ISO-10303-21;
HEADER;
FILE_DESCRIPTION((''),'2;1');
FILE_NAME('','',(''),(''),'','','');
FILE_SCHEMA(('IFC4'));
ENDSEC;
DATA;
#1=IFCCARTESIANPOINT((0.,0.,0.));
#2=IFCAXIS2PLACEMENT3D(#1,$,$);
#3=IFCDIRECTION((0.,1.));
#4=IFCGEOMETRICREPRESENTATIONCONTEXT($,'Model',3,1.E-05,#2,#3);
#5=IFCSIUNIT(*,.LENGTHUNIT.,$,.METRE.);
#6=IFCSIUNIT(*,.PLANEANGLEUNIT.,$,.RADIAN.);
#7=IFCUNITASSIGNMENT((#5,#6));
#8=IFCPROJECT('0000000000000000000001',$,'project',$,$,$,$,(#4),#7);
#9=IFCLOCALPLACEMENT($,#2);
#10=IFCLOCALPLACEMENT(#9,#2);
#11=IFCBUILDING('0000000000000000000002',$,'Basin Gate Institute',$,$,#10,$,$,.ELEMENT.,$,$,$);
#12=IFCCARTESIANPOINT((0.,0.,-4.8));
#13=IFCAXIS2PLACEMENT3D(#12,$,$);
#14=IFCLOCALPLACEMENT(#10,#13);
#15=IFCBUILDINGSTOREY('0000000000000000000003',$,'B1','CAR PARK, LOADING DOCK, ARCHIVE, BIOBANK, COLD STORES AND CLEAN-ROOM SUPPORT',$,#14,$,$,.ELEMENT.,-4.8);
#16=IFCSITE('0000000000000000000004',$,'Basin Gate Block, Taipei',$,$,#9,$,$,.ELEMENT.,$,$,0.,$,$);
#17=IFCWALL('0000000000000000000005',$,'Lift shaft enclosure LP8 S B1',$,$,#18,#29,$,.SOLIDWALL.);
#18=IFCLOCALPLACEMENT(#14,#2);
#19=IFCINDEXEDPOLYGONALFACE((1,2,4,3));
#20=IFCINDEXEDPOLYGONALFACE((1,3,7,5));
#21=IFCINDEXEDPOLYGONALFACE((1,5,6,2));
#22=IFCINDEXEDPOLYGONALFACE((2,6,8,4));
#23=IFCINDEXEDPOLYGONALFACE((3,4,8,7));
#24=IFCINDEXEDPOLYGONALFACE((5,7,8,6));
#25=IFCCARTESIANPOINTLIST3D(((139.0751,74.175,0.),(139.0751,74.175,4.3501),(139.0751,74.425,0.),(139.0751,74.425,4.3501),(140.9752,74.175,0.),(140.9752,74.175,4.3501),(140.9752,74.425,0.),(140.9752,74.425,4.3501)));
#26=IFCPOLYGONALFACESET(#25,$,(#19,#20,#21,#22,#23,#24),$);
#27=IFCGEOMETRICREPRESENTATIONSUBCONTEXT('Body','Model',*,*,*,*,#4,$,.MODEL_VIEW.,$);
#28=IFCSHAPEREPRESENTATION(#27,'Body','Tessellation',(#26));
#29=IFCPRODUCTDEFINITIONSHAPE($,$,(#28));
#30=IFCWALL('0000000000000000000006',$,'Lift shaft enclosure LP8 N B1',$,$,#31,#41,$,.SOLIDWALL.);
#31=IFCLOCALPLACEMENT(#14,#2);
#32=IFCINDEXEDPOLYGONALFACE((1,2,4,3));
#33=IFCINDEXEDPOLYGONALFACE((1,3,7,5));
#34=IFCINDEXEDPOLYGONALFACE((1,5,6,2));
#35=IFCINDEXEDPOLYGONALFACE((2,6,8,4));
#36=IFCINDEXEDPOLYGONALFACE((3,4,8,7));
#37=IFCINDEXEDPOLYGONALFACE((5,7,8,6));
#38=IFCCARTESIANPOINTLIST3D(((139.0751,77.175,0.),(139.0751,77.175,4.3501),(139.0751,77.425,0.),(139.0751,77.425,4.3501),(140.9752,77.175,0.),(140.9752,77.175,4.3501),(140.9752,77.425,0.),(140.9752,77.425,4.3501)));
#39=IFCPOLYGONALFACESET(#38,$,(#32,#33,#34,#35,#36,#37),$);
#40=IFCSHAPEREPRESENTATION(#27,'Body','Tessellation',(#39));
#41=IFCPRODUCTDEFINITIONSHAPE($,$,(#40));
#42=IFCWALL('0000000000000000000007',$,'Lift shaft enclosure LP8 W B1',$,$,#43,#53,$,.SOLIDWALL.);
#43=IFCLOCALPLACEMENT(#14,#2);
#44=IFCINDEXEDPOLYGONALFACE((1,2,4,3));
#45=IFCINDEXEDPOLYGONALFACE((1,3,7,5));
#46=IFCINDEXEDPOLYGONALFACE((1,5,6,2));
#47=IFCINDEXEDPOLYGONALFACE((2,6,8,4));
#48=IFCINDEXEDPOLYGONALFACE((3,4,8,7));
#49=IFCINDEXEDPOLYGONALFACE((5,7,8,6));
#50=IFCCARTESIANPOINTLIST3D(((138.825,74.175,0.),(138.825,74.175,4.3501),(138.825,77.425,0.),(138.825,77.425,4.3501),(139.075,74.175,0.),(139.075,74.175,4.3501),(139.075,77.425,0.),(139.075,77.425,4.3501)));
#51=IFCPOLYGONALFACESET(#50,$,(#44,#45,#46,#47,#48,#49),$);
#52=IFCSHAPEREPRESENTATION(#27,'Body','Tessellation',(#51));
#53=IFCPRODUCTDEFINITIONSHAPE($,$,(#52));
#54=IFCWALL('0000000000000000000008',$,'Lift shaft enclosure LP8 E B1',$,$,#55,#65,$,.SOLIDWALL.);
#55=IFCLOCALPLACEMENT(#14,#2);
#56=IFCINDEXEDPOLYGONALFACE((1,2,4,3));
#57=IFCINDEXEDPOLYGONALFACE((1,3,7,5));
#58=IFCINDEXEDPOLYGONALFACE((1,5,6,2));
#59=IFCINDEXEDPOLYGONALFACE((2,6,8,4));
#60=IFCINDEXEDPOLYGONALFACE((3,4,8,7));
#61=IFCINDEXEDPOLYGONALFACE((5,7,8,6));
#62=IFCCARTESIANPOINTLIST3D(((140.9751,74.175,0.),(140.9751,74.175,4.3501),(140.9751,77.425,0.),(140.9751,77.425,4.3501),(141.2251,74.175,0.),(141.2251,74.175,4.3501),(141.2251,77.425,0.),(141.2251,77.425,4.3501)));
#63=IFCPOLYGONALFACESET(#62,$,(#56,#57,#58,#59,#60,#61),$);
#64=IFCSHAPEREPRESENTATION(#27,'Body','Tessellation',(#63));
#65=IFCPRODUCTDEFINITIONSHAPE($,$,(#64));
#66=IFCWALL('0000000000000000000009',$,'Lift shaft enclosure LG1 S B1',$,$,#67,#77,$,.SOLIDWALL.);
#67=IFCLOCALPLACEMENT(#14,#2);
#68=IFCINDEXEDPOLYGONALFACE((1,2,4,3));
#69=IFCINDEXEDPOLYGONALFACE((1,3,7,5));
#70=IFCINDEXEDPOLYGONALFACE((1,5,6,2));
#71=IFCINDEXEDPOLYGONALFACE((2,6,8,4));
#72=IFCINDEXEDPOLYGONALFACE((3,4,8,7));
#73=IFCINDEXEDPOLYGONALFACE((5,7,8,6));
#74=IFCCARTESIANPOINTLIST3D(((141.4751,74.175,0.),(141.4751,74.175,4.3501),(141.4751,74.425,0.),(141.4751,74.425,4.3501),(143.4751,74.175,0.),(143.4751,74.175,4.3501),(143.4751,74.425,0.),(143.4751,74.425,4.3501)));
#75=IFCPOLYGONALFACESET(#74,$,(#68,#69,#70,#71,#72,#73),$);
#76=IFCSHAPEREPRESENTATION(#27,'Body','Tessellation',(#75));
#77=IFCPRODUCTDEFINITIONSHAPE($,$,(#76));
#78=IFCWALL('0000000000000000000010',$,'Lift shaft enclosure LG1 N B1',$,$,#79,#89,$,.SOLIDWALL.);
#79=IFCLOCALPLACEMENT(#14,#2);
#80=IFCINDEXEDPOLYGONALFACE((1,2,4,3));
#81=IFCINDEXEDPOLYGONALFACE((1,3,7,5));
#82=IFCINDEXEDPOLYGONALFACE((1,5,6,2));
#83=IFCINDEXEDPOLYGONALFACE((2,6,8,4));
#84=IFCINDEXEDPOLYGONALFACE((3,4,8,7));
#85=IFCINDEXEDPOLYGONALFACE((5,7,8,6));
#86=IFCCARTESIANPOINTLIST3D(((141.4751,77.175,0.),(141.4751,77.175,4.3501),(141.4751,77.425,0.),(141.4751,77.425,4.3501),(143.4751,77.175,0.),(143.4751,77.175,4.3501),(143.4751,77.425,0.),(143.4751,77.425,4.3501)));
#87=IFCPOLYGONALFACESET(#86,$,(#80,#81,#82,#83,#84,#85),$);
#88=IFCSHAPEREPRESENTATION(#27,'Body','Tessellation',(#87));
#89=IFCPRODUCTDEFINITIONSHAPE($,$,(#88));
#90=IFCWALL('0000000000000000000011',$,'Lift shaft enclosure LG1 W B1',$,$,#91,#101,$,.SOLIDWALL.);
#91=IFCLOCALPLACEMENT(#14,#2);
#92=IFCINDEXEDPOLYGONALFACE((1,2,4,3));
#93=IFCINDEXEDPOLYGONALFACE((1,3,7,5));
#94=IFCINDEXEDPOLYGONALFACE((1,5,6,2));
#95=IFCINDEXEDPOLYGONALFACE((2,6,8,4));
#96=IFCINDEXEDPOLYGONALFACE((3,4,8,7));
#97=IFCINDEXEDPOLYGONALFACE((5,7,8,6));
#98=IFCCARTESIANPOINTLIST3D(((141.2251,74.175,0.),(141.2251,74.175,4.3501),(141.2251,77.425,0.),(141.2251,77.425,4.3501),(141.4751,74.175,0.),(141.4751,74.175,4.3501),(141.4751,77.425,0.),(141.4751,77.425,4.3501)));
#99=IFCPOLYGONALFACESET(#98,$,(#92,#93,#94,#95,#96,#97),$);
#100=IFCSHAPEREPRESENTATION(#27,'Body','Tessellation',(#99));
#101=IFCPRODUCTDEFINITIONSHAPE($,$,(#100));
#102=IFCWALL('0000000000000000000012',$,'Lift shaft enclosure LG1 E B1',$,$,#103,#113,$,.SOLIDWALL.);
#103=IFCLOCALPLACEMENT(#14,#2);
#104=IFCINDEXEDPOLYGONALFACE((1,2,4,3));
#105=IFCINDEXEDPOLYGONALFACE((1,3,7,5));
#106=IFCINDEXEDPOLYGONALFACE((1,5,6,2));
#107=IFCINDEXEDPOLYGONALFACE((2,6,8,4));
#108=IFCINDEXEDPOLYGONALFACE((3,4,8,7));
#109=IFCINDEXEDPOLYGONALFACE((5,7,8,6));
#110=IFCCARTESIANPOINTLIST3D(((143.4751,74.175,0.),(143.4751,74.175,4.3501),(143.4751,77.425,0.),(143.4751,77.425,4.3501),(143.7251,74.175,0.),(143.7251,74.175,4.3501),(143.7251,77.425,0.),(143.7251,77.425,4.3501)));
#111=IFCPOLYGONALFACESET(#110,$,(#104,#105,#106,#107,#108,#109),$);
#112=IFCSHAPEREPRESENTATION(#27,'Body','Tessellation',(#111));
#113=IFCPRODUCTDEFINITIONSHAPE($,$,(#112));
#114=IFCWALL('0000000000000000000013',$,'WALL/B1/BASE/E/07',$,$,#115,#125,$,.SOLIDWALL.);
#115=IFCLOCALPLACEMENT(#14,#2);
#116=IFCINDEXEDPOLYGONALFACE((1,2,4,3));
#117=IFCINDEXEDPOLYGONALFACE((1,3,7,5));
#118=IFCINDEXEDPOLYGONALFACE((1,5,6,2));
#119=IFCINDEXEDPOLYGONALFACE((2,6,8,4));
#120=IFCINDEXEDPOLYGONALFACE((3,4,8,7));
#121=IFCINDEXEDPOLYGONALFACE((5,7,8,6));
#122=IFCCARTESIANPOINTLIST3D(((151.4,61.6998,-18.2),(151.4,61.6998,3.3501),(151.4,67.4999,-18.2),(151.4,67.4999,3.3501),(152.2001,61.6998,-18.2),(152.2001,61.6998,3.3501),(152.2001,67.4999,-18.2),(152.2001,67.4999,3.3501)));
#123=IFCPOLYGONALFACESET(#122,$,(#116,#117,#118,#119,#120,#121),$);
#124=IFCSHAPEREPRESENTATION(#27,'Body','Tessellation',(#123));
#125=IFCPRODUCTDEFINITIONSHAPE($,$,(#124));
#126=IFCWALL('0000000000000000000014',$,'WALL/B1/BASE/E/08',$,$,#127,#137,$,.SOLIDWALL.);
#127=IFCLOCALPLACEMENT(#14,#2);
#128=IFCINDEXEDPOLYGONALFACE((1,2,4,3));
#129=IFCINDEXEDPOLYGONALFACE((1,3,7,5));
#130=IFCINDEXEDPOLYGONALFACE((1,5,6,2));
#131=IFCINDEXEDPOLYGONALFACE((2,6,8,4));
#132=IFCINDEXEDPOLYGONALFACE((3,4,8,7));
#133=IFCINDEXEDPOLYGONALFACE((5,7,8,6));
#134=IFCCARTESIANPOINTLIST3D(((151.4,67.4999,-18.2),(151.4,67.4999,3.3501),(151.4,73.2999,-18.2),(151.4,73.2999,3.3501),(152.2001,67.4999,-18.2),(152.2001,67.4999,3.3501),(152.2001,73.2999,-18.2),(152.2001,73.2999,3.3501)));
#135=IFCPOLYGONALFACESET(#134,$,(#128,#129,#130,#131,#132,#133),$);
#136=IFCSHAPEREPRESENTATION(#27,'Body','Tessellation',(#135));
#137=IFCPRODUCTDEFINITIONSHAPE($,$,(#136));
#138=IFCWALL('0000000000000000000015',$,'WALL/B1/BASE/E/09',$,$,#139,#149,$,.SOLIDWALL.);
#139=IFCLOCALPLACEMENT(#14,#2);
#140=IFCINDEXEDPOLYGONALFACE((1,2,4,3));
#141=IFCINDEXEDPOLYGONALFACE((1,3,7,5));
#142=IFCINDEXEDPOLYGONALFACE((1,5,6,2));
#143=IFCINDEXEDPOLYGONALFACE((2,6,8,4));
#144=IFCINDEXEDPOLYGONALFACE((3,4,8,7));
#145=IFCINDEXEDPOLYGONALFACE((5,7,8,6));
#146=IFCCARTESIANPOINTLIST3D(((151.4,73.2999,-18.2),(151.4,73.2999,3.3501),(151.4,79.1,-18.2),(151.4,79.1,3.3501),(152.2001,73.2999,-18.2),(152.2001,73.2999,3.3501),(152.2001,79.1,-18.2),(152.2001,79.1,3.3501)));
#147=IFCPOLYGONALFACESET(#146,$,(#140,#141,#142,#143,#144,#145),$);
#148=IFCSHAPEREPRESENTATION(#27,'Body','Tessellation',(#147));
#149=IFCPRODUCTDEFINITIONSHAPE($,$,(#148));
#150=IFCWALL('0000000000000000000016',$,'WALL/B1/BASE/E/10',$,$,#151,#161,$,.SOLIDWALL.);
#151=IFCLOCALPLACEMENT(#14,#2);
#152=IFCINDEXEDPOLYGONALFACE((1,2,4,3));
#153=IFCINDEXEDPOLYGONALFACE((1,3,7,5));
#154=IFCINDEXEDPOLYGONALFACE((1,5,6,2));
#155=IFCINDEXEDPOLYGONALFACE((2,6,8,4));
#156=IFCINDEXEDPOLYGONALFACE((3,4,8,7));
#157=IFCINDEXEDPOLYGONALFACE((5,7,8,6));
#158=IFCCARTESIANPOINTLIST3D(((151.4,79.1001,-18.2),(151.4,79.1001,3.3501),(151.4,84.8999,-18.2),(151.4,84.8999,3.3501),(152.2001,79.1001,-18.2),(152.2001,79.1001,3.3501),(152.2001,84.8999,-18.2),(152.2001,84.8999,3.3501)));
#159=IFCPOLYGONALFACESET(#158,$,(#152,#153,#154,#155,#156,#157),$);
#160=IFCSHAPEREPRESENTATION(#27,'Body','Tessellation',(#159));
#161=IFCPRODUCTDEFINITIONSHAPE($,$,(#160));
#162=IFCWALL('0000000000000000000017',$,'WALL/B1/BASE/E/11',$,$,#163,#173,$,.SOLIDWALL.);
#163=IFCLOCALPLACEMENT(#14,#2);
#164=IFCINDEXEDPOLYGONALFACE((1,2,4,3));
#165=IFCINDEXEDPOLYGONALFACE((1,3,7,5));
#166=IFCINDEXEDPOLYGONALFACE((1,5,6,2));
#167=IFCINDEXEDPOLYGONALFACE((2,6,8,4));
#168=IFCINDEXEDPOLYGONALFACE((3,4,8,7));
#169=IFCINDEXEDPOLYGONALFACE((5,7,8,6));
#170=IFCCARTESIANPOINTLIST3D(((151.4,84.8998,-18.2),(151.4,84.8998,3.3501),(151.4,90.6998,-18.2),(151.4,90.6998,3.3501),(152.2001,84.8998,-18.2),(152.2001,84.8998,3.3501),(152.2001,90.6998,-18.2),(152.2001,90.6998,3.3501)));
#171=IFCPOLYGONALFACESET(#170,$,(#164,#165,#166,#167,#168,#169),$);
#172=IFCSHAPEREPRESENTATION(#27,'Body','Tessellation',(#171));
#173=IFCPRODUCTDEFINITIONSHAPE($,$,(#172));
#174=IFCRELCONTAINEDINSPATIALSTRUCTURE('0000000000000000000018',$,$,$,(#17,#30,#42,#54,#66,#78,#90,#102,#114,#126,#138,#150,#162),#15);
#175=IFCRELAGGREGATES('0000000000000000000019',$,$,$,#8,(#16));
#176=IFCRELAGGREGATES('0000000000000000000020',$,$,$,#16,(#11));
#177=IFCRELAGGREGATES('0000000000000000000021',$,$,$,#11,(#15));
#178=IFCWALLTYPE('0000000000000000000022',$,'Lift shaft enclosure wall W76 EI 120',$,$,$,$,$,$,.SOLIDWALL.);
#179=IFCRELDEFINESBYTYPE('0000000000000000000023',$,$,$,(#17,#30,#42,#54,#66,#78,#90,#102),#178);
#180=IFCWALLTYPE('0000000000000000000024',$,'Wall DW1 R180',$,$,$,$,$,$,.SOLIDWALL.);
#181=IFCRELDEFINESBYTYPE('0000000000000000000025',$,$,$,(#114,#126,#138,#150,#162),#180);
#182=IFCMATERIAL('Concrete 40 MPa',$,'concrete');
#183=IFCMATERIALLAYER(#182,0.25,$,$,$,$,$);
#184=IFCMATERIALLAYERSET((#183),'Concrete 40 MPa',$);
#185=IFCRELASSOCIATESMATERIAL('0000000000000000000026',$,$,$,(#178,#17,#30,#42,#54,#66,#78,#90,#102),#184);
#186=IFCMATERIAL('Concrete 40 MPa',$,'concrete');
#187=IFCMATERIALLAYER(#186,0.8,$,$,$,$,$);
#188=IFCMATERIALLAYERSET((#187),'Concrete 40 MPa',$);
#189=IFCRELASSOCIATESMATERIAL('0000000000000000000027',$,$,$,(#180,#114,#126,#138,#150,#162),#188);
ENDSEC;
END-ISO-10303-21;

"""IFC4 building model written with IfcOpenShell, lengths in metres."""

from ifc_helpers import new_model, si_unit, direction, frame, frame_2d, origin, place, context, subcontext, project, spatial, rectangle, extrude, material, layer, layer_set, type_object, element, save


model = new_model("IFC4")

# Units and contexts
model_context = context("Model", 3, precision=1e-05, world=origin(), true_north=direction((0.0, 1.0)))
body_context = subcontext(model_context, "Body", "Model", "MODEL_VIEW")
ifc_project = project(units=[si_unit("LENGTHUNIT", "METRE"), si_unit("PLANEANGLEUNIT", "RADIAN")], contexts=[model_context])

# Site, building, storey
site_placement = place(None, origin())
site = spatial("IfcSite", under=ifc_project, at=site_placement, Name="Basin Gate Block, Taipei", CompositionType="ELEMENT", RefElevation=0.0)
building_placement = place(site_placement, origin())
building = spatial("IfcBuilding", under=site, at=building_placement, Name="Basin Gate Institute", CompositionType="ELEMENT")
storey_placement = place(building_placement, frame((0.0, 0.0, -4.8)))
storey = spatial("IfcBuildingStorey", under=building, at=storey_placement, Name="B1", Description="CAR PARK, LOADING DOCK, ARCHIVE, BIOBANK, COLD STORES AND CLEAN-ROOM SUPPORT", CompositionType="ELEMENT", Elevation=-4.8)

# Walls
ifc_material_1 = material(Name="Concrete 40 MPa", Category="concrete")
ifc_layer_1 = layer(ifc_material_1, 0.25)
ifc_layer_set_1 = layer_set([ifc_layer_1], Name="Concrete 40 MPa")
wall_type_1 = type_object("IfcWallType", Name="Lift shaft enclosure wall W76 EI 120", PredefinedType="SOLIDWALL", material=ifc_layer_set_1)
for number, where, z_axis, x_axis, name in (
    (1, (139.075, 74.3, 0.0), (0.0, 0.0, 1.0), (1.0, 0.0, 0.0), "Lift shaft enclosure LP8 S B1"),
    (2, (139.075, 77.3, 0.0), (0.0, 0.0, 1.0), (1.0, 0.0, 0.0), "Lift shaft enclosure LP8 N B1"),
):
    element("IfcWall", number, at=place(storey_placement, frame(where, z_axis=z_axis, x_axis=x_axis)), inside=storey, type_object=wall_type_1, material=ifc_layer_set_1, Name=name, PredefinedType="SOLIDWALL", context=body_context, shape_type="SweptSolid", body=[
        extrude(rectangle(XDim=1.9001, YDim=0.25, at=frame_2d((0.9502, 0.0))), origin(), (0.0, 0.0, 1.0), 4.3501),
    ])
for number, where, z_axis, x_axis, name in (
    (3, (138.95, 74.175, 0.0), (0.0, 0.0, 1.0), (0.0, 1.0, 0.0), "Lift shaft enclosure LP8 W B1"),
    (4, (141.1001, 74.175, 0.0), (0.0, 0.0, 1.0), (0.0, 1.0, 0.0), "Lift shaft enclosure LP8 E B1"),
):
    element("IfcWall", number, at=place(storey_placement, frame(where, z_axis=z_axis, x_axis=x_axis)), inside=storey, type_object=wall_type_1, material=ifc_layer_set_1, Name=name, PredefinedType="SOLIDWALL", context=body_context, shape_type="SweptSolid", body=[
        extrude(rectangle(XDim=3.25, YDim=0.25, at=frame_2d((1.625, 0.0))), origin(), (0.0, 0.0, 1.0), 4.3501),
    ])
for number, where, z_axis, x_axis, name in (
    (5, (141.4751, 74.3, 0.0), (0.0, 0.0, 1.0), (1.0, 0.0, 0.0), "Lift shaft enclosure LG1 S B1"),
    (6, (141.4751, 77.3, 0.0), (0.0, 0.0, 1.0), (1.0, 0.0, 0.0), "Lift shaft enclosure LG1 N B1"),
):
    element("IfcWall", number, at=place(storey_placement, frame(where, z_axis=z_axis, x_axis=x_axis)), inside=storey, type_object=wall_type_1, material=ifc_layer_set_1, Name=name, PredefinedType="SOLIDWALL", context=body_context, shape_type="SweptSolid", body=[
        extrude(rectangle(XDim=2.0, YDim=0.25, at=frame_2d((1.0, 0.0))), origin(), (0.0, 0.0, 1.0), 4.3501),
    ])
for number, where, z_axis, x_axis, name in (
    (7, (141.3501, 74.175, 0.0), (0.0, 0.0, 1.0), (0.0, 1.0, 0.0), "Lift shaft enclosure LG1 W B1"),
    (8, (143.6001, 74.175, 0.0), (0.0, 0.0, 1.0), (0.0, 1.0, 0.0), "Lift shaft enclosure LG1 E B1"),
):
    element("IfcWall", number, at=place(storey_placement, frame(where, z_axis=z_axis, x_axis=x_axis)), inside=storey, type_object=wall_type_1, material=ifc_layer_set_1, Name=name, PredefinedType="SOLIDWALL", context=body_context, shape_type="SweptSolid", body=[
        extrude(rectangle(XDim=3.25, YDim=0.25, at=frame_2d((1.625, 0.0))), origin(), (0.0, 0.0, 1.0), 4.3501),
    ])
ifc_material_2 = material(Name="Concrete 40 MPa", Category="concrete")
ifc_layer_2 = layer(ifc_material_2, 0.8)
ifc_layer_set_2 = layer_set([ifc_layer_2], Name="Concrete 40 MPa")
wall_type_2 = type_object("IfcWallType", Name="Wall DW1 R180", PredefinedType="SOLIDWALL", material=ifc_layer_set_2)
for number, where, z_axis, x_axis, name in (
    (9, (151.8, 61.7, -18.2), (0.0, 0.0, 1.0), (0.0, 1.0, 0.0), "WALL/B1/BASE/E/07"),
    (10, (151.8, 67.5, -18.2), (0.0, 0.0, 1.0), (0.0, 1.0, 0.0), "WALL/B1/BASE/E/08"),
    (11, (151.8, 73.3, -18.2), (0.0, 0.0, 1.0), (0.0, 1.0, 0.0), "WALL/B1/BASE/E/09"),
):
    element("IfcWall", number, at=place(storey_placement, frame(where, z_axis=z_axis, x_axis=x_axis)), inside=storey, type_object=wall_type_2, material=ifc_layer_set_2, Name=name, PredefinedType="SOLIDWALL", context=body_context, shape_type="SweptSolid", body=[
        extrude(rectangle(XDim=5.8, YDim=0.8, at=frame_2d((2.8999, 0.0))), origin(), (0.0, 0.0, 1.0), 21.55),
    ])
wall_1_placement = place(storey_placement, frame((151.8, 79.1001, -18.2), z_axis=(0.0, 0.0, 1.0), x_axis=(0.0, 1.0, 0.0)))
element("IfcWall", 12, at=wall_1_placement, inside=storey, type_object=wall_type_2, material=ifc_layer_set_2, Name="WALL/B1/BASE/E/10", PredefinedType="SOLIDWALL", context=body_context, shape_type="SweptSolid", body=[
    extrude(rectangle(XDim=5.7998, YDim=0.8, at=frame_2d((2.8999, 0.0))), origin(), (0.0, 0.0, 1.0), 21.55),
])
wall_2_placement = place(storey_placement, frame((151.8, 84.8999, -18.2), z_axis=(0.0, 0.0, 1.0), x_axis=(0.0, 1.0, 0.0)))
element("IfcWall", 13, at=wall_2_placement, inside=storey, type_object=wall_type_2, material=ifc_layer_set_2, Name="WALL/B1/BASE/E/11", PredefinedType="SOLIDWALL", context=body_context, shape_type="SweptSolid", body=[
    extrude(rectangle(XDim=5.8, YDim=0.8, at=frame_2d((2.8999, 0.0))), origin(), (0.0, 0.0, 1.0), 21.55),
])

save(model, "model.ifc")
